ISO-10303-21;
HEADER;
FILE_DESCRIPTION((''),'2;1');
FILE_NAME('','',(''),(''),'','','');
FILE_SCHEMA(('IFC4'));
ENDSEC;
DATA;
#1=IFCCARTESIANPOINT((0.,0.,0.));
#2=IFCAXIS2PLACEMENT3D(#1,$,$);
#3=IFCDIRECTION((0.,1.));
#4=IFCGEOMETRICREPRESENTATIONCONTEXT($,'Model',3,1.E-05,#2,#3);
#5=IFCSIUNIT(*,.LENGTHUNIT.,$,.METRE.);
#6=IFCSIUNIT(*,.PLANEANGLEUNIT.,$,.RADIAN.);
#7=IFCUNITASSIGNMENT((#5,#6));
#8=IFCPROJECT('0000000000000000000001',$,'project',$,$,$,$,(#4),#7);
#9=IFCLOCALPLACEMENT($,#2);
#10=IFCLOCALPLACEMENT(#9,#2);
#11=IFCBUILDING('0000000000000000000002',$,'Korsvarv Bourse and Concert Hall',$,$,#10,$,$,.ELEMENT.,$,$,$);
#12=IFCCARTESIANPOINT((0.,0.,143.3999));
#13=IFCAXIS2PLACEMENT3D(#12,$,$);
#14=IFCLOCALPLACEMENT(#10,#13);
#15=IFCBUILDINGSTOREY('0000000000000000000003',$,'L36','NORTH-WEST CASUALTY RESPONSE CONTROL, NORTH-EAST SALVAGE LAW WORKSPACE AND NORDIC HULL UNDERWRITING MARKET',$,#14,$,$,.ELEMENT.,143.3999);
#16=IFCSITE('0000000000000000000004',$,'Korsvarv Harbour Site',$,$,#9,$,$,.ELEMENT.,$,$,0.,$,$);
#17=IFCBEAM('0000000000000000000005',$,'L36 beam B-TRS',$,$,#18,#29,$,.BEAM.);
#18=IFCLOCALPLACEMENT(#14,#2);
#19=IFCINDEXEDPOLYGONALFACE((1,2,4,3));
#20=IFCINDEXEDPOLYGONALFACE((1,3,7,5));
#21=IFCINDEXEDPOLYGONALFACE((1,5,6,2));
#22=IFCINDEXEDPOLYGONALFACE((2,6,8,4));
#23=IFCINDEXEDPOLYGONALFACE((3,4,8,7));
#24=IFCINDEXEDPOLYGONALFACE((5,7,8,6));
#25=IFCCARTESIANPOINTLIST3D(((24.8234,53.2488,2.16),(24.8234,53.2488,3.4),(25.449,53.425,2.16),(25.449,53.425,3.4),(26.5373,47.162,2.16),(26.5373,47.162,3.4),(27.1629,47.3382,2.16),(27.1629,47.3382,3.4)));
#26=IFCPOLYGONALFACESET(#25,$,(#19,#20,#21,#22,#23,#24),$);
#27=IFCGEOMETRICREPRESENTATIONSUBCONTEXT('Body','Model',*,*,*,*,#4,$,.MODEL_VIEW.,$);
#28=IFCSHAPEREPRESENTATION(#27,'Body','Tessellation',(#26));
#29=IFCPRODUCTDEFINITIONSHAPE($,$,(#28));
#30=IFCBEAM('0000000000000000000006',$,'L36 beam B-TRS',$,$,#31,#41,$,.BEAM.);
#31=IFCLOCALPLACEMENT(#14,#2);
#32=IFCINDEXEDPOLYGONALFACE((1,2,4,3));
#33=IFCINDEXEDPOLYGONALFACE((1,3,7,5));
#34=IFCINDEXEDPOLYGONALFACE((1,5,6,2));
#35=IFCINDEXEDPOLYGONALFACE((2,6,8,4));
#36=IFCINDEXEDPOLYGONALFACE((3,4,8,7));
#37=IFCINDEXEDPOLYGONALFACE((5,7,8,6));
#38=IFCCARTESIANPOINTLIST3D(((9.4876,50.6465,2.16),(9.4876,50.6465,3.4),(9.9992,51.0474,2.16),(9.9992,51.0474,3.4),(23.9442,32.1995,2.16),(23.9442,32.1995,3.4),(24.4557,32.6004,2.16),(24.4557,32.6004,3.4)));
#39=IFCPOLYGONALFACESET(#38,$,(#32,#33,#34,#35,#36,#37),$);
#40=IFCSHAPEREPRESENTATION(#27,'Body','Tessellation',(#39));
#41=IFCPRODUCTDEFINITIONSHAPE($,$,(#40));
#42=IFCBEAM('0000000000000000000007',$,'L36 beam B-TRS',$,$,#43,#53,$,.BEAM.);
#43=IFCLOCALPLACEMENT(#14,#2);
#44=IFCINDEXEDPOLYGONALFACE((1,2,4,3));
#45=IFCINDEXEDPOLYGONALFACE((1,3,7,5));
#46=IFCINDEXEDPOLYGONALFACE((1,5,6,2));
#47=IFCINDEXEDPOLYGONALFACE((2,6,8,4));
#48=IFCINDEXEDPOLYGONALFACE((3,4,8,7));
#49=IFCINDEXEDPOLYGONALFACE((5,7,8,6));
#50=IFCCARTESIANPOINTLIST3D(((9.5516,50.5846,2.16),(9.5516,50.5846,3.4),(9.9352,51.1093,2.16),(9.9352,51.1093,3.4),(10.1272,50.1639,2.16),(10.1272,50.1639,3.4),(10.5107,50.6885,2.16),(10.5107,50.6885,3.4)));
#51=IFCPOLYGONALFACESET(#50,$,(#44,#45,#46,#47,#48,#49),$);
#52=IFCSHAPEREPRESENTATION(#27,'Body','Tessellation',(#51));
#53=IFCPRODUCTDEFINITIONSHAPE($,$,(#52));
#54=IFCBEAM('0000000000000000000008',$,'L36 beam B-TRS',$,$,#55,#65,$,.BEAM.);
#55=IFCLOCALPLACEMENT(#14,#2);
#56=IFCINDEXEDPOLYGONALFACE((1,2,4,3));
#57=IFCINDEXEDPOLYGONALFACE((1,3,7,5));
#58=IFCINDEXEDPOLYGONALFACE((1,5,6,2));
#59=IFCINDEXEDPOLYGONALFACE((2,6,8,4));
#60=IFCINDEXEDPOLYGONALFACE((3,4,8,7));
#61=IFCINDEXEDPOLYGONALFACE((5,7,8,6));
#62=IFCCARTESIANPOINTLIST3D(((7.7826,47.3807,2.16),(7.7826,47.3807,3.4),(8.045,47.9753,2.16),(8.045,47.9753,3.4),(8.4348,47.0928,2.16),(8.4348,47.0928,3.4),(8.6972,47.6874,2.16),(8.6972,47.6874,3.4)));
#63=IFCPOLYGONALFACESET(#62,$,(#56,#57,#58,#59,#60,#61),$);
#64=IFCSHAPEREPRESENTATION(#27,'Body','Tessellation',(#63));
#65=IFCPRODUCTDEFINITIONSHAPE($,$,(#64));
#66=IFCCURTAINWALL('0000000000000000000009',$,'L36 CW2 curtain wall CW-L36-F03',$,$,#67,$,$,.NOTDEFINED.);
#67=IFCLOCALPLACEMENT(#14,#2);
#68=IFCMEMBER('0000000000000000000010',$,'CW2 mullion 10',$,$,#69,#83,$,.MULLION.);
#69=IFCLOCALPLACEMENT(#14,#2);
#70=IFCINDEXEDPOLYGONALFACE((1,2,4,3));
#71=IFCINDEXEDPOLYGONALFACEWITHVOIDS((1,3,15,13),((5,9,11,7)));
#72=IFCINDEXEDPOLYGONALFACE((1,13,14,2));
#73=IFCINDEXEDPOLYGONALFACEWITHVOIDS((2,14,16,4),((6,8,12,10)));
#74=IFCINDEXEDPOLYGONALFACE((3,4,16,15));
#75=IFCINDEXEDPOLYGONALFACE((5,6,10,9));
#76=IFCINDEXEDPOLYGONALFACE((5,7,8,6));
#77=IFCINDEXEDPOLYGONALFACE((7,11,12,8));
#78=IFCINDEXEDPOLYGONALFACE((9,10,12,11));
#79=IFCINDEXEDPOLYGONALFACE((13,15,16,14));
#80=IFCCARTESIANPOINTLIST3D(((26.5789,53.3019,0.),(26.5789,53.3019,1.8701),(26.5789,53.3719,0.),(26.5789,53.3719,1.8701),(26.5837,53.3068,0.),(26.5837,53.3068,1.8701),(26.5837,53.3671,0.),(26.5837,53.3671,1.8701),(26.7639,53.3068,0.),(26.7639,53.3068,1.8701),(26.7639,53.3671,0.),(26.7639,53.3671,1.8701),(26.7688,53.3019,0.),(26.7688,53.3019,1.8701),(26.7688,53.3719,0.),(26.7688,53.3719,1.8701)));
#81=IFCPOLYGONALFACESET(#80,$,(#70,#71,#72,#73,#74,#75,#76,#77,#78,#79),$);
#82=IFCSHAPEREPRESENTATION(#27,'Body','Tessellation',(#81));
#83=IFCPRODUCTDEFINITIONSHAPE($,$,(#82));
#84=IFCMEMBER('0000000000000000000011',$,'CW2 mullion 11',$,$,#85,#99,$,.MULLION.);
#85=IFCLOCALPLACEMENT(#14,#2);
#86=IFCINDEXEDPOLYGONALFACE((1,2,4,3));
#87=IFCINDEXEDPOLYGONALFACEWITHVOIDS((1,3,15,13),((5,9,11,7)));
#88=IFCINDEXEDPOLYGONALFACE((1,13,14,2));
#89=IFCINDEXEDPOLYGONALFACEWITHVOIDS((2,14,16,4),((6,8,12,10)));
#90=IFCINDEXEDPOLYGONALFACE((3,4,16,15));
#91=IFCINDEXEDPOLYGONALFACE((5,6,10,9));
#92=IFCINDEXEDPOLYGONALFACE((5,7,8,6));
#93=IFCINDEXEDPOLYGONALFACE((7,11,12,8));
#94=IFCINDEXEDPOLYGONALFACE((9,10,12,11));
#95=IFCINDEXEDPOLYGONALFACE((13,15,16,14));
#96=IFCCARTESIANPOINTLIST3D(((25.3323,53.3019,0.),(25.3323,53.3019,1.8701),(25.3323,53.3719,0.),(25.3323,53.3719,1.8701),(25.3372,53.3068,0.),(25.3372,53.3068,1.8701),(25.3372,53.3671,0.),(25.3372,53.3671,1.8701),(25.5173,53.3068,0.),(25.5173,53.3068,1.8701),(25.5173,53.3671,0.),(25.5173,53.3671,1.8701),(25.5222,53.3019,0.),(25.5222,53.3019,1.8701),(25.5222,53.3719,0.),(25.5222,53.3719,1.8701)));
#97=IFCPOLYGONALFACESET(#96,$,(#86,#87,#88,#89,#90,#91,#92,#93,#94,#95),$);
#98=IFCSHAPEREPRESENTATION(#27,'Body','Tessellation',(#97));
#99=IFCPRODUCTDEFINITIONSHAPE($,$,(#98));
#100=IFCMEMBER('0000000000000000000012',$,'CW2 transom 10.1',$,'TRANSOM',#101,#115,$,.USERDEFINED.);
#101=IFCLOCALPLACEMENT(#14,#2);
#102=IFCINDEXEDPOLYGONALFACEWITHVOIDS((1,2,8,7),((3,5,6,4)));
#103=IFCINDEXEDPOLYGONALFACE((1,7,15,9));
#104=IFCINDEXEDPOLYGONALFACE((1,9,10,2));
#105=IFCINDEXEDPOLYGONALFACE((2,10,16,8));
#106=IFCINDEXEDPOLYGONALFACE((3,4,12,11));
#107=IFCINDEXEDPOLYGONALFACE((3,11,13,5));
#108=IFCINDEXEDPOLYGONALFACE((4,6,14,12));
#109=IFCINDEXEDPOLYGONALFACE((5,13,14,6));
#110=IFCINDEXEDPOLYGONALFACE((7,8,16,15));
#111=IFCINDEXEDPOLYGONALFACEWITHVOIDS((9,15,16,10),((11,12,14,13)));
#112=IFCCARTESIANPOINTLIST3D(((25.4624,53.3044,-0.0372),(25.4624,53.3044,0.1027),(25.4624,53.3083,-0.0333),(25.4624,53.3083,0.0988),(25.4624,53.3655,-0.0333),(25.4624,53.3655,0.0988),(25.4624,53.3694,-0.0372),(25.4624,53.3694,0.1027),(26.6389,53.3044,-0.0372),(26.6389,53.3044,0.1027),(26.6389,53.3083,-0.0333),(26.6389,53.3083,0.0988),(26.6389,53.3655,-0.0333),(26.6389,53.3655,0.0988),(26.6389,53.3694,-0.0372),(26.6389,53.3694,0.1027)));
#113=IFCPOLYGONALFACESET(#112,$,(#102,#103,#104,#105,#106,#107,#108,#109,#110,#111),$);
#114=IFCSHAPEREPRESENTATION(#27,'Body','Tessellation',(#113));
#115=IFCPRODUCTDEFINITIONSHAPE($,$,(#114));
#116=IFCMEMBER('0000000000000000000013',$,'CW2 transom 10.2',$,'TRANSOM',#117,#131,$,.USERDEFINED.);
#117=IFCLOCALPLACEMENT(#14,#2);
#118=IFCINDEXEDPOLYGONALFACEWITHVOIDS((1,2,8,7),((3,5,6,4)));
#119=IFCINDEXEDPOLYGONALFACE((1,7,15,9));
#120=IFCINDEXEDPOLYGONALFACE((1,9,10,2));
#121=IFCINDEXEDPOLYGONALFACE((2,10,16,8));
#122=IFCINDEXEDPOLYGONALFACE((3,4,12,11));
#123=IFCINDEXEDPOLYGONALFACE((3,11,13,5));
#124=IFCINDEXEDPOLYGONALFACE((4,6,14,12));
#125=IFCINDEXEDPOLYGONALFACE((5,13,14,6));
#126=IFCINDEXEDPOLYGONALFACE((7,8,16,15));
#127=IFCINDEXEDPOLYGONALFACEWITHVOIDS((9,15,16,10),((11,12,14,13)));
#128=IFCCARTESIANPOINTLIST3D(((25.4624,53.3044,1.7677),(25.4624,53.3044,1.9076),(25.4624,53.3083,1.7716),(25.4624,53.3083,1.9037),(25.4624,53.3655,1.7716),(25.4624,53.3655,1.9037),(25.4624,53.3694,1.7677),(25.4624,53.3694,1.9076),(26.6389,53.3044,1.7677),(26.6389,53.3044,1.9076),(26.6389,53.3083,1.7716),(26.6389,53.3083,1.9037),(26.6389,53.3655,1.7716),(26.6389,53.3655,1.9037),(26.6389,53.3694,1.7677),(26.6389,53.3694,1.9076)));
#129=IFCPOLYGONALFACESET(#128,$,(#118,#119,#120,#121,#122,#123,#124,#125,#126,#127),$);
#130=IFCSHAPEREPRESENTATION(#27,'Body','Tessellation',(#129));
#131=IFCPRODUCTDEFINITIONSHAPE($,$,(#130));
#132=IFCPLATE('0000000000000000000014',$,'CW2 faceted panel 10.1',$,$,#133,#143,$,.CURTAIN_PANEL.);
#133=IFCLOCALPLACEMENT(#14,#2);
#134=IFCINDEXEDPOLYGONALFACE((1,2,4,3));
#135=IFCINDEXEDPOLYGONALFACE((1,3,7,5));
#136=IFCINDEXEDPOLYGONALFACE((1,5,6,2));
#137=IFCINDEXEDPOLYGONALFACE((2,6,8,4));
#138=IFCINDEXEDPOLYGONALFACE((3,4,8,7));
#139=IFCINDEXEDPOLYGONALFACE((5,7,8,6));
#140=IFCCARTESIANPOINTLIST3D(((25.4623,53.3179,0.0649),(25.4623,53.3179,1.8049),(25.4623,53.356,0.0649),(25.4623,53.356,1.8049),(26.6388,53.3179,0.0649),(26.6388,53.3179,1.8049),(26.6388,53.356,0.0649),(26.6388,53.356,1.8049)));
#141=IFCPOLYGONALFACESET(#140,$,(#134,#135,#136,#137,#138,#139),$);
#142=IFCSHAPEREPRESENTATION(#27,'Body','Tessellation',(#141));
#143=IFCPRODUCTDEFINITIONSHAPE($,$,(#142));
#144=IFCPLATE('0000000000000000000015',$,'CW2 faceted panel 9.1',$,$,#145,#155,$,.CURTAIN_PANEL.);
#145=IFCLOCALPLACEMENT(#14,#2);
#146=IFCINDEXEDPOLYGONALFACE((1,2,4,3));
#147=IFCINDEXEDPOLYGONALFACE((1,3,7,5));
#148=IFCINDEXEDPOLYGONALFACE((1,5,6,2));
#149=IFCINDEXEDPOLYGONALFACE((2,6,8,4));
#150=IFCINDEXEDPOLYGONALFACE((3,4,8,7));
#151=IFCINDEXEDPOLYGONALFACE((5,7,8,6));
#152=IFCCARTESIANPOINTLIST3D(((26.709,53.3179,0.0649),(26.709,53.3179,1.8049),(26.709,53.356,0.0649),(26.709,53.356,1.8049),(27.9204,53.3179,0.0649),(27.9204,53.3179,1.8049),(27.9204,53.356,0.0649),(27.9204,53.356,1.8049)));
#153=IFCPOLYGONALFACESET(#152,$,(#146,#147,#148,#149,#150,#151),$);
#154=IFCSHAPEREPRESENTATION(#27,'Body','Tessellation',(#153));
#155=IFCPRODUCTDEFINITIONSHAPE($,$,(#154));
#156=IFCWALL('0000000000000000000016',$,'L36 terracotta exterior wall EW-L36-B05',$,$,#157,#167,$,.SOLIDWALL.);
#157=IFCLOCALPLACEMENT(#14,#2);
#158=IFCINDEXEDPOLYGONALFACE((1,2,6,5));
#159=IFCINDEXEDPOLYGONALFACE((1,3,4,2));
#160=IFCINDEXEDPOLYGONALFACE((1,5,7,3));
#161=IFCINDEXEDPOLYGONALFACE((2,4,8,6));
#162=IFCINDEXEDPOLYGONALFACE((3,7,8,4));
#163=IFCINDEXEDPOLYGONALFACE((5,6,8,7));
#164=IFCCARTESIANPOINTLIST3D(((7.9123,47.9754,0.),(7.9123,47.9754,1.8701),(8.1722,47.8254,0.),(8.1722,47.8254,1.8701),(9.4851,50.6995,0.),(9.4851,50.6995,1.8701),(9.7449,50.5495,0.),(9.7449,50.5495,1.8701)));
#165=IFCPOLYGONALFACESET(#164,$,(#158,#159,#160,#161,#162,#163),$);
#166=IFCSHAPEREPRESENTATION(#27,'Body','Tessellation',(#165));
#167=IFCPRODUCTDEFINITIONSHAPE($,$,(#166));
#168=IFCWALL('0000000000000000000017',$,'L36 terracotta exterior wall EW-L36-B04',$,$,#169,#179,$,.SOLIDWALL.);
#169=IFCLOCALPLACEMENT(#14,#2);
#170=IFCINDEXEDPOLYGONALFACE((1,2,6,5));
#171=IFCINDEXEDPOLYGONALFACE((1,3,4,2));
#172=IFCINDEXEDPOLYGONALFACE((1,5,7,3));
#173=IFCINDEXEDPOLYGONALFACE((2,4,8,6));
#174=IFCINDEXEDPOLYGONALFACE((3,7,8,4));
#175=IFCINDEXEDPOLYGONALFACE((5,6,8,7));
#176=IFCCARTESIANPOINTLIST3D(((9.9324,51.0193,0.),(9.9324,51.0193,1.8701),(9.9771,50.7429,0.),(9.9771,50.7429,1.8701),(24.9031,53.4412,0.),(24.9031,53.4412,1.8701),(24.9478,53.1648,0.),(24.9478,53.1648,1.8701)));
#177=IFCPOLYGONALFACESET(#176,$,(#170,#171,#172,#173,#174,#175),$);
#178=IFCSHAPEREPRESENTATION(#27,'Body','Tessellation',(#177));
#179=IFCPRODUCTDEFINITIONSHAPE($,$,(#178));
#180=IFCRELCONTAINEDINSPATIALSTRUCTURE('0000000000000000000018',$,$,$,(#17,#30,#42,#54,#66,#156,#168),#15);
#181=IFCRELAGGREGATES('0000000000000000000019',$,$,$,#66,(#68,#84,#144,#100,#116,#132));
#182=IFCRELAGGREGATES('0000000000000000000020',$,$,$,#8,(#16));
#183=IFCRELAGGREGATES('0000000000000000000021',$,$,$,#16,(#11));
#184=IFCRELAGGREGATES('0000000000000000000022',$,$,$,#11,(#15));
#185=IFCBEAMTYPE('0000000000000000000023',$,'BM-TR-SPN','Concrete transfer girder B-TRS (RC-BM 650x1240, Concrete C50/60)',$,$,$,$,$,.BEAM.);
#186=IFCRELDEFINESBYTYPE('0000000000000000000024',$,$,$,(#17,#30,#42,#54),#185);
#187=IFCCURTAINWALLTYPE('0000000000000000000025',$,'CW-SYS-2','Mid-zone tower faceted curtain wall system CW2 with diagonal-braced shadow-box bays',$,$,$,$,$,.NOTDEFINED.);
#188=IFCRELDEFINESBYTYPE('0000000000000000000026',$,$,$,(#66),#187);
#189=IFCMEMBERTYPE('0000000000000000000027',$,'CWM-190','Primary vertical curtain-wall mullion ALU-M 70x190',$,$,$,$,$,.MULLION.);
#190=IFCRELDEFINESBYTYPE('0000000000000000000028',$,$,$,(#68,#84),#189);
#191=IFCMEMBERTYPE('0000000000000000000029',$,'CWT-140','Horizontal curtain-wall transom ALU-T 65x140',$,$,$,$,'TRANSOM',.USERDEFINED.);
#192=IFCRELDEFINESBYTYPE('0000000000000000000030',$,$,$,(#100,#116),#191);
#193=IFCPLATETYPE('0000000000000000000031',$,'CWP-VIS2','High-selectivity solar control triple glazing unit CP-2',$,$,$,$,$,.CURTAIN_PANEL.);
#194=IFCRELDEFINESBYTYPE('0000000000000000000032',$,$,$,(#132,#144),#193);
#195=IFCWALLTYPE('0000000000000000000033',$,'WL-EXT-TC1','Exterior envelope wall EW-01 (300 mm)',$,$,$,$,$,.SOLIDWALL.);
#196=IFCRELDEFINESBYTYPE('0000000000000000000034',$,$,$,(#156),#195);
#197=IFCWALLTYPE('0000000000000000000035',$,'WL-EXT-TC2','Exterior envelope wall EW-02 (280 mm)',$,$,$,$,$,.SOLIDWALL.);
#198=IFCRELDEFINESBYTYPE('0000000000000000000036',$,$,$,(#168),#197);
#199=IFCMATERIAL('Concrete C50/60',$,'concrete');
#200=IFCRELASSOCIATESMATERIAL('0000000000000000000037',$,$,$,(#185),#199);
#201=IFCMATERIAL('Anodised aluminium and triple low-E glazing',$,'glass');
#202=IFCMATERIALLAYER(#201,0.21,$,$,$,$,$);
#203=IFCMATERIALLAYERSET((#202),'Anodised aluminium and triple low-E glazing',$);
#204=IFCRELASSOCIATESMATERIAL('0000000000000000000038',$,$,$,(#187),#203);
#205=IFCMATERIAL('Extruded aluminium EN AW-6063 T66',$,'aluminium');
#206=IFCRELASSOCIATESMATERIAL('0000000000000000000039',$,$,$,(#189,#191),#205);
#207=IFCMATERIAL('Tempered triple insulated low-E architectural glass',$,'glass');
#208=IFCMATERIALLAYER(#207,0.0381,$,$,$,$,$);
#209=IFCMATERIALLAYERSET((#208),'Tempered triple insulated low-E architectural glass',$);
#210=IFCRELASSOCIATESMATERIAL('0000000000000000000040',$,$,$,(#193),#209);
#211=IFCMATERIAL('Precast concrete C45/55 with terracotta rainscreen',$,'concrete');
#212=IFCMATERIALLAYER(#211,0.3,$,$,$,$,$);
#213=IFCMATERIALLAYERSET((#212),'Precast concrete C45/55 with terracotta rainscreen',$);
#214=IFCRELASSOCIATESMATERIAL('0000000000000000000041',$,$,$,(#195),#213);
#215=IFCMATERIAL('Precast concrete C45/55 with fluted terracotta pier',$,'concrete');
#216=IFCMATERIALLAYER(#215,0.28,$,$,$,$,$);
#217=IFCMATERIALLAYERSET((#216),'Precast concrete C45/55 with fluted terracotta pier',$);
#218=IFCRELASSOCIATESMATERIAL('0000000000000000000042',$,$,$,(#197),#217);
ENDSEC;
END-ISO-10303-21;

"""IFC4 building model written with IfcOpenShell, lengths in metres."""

from ifc_helpers import new_model, si_unit, direction, frame, frame_2d, origin, origin_2d, place, context, subcontext, project, spatial, rectangle, hollow_rectangle, extrude, source, transform, mapped, material, layer, layer_set, material_profile, profile_set, type_object, element, aggregate, save


model = new_model("IFC4")

# Units and contexts
model_context = context("Model", 3, precision=1e-05, world=origin(), true_north=direction((0.0, 1.0)))
body_context = subcontext(model_context, "Body", "Model", "MODEL_VIEW")
ifc_project = project(units=[si_unit("LENGTHUNIT", "METRE"), si_unit("PLANEANGLEUNIT", "RADIAN")], contexts=[model_context])

# Site, building, storey
site_placement = place(None, origin())
site = spatial("IfcSite", under=ifc_project, at=site_placement, Name="Korsvarv Harbour Site", CompositionType="ELEMENT", RefElevation=0.0)
building_placement = place(site_placement, origin())
building = spatial("IfcBuilding", under=site, at=building_placement, Name="Korsvarv Bourse and Concert Hall", CompositionType="ELEMENT")
storey_placement = place(building_placement, frame((0.0, 0.0, 143.3999)))
storey = spatial("IfcBuildingStorey", under=building, at=storey_placement, Name="L36", Description="NORTH-WEST CASUALTY RESPONSE CONTROL, NORTH-EAST SALVAGE LAW WORKSPACE AND NORDIC HULL UNDERWRITING MARKET", CompositionType="ELEMENT", Elevation=143.3999)

# Beams
ifc_material_1 = material(Name="Concrete C50/60", Category="concrete")
ifc_material_profile_1 = material_profile(ifc_material_1, rectangle(XDim=0.6499, YDim=1.24, at=origin_2d()), Name="RC-BM 650x1240")
ifc_profile_set_1 = profile_set([ifc_material_profile_1], Name="Concrete C50/60")
beam_type_1 = type_object("IfcBeamType", Name="BM-TR-SPN", Description="Concrete transfer girder B-TRS (RC-BM 650x1240, Concrete C50/60)", PredefinedType="BEAM", material=ifc_profile_set_1)
shared_shape_1 = source(origin(), body_context, "Body", "SweptSolid", [
    extrude(rectangle(XDim=0.6499, YDim=1.24, at=origin_2d()), origin(), (0.0, 0.0, 1.0), 6.3235),
])
beam_1_placement = place(storey_placement, frame((25.1362, 53.3369, 2.78), z_axis=(0.271027, -0.962572, 0.0), x_axis=(0.962572, 0.271027, 0.0)))
element("IfcBeam", 1, at=beam_1_placement, inside=storey, type_object=beam_type_1, Name="L36 beam B-TRS", PredefinedType="BEAM", context=body_context, shape_type="MappedRepresentation", body=[
    mapped(shared_shape_1, transform((0.0, 0.0, 0.0), scale=1.0)),
])
shared_shape_2 = source(origin(), body_context, "Body", "SweptSolid", [
    extrude(rectangle(XDim=0.6499, YDim=1.24, at=origin_2d()), origin(), (0.0, 0.0, 1.0), 23.4368),
])
beam_2_placement = place(storey_placement, frame((9.7434, 50.8469, 2.78), z_axis=(0.616831, -0.787096, 0.0), x_axis=(0.787096, 0.616831, 0.0)))
element("IfcBeam", 2, at=beam_2_placement, inside=storey, type_object=beam_type_1, Name="L36 beam B-TRS", PredefinedType="BEAM", context=body_context, shape_type="MappedRepresentation", body=[
    mapped(shared_shape_2, transform((0.0, 0.0, 0.0), scale=1.0)),
])
shared_shape_3 = source(origin(), body_context, "Body", "SweptSolid", [
    extrude(rectangle(XDim=0.6499, YDim=1.24, at=origin_2d()), origin(), (0.0, 0.0, 1.0), 0.7129),
])
for number, where, z_axis, x_axis, name in (
    (3, (9.7434, 50.8469, 2.78), (0.807297, -0.590145, 0.0), (0.590145, 0.807297, 0.0), "L36 beam B-TRS"),
    (4, (7.9138, 47.678, 2.78), (0.91484, -0.403817, 0.0), (0.403817, 0.91484, 0.0), "L36 beam B-TRS"),
):
    element("IfcBeam", number, at=place(storey_placement, frame(where, z_axis=z_axis, x_axis=x_axis)), inside=storey, type_object=beam_type_1, Name=name, PredefinedType="BEAM", context=body_context, shape_type="MappedRepresentation", body=[
        mapped(shared_shape_3, transform((0.0, 0.0, 0.0), scale=1.0)),
    ])

# Curtain wall, members, plates
ifc_material_2 = material(Name="Anodised aluminium and triple low-E glazing", Category="glass")
ifc_layer_1 = layer(ifc_material_2, 0.21)
ifc_layer_set_1 = layer_set([ifc_layer_1], Name="Anodised aluminium and triple low-E glazing")
curtain_wall_type = type_object("IfcCurtainWallType", Name="CW-SYS-2", Description="Mid-zone tower faceted curtain wall system CW2 with diagonal-braced shadow-box bays", PredefinedType="NOTDEFINED", material=ifc_layer_set_1)
curtain_wall_placement = place(storey_placement, origin())
curtain_wall = element("IfcCurtainWall", 5, at=curtain_wall_placement, inside=storey, type_object=curtain_wall_type, Name="L36 CW2 curtain wall CW-L36-F03", PredefinedType="NOTDEFINED")
ifc_material_3 = material(Name="Extruded aluminium EN AW-6063 T66", Category="aluminium")
ifc_material_profile_2 = material_profile(ifc_material_3, hollow_rectangle(XDim=0.0701, YDim=0.1899, WallThickness=0.0049, at=origin_2d()), Name="ALU-M 70x190")
ifc_profile_set_2 = profile_set([ifc_material_profile_2], Name="Extruded aluminium EN AW-6063 T66")
member_type_1 = type_object("IfcMemberType", Name="CWM-190", Description="Primary vertical curtain-wall mullion ALU-M 70x190", PredefinedType="MULLION", material=ifc_profile_set_2)
shared_shape_4 = source(origin(), body_context, "Body", "SweptSolid", [
    extrude(hollow_rectangle(XDim=0.0701, YDim=0.1899, WallThickness=0.0049, at=origin_2d()), origin(), (0.0, 0.0, 1.0), 1.8701),
])
member_1_placement = place(storey_placement, frame((26.6738, 53.3369, 0.0), z_axis=(0.0, 0.0, 1.0), x_axis=(0.0, -1.0, 0.0)))
member_1 = element("IfcMember", 6, at=member_1_placement, type_object=member_type_1, Name="CW2 mullion 10", PredefinedType="MULLION", context=body_context, shape_type="MappedRepresentation", body=[
    mapped(shared_shape_4, transform((0.0, 0.0, 0.0), scale=1.0)),
])
member_2_placement = place(storey_placement, frame((25.4272, 53.3369, 0.0), z_axis=(0.0, 0.0, 1.0), x_axis=(0.0, -1.0, 0.0)))
member_2 = element("IfcMember", 7, at=member_2_placement, type_object=member_type_1, Name="CW2 mullion 11", PredefinedType="MULLION", context=body_context, shape_type="MappedRepresentation", body=[
    mapped(shared_shape_4, transform((0.0, 0.0, 0.0), scale=1.0)),
])
ifc_material_profile_3 = material_profile(ifc_material_3, hollow_rectangle(XDim=0.0649, YDim=0.1399, WallThickness=0.0039, at=origin_2d()), Name="ALU-T 65x140")
ifc_profile_set_3 = profile_set([ifc_material_profile_3], Name="Extruded aluminium EN AW-6063 T66")
member_type_2 = type_object("IfcMemberType", Name="CWT-140", Description="Horizontal curtain-wall transom ALU-T 65x140", ElementType="TRANSOM", PredefinedType="USERDEFINED", material=ifc_profile_set_3)
shared_shape_5 = source(origin(), body_context, "Body", "SweptSolid", [
    extrude(hollow_rectangle(XDim=0.0649, YDim=0.1399, WallThickness=0.0039, at=origin_2d()), origin(), (0.0, 0.0, 1.0), 1.1765),
])
member_3_placement = place(storey_placement, frame((26.6389, 53.3369, 0.0327), z_axis=(-1.0, 0.0, 0.0), x_axis=(0.0, -1.0, 0.0)))
member_3 = element("IfcMember", 8, at=member_3_placement, type_object=member_type_2, Name="CW2 transom 10.1", ObjectType="TRANSOM", PredefinedType="USERDEFINED", context=body_context, shape_type="MappedRepresentation", body=[
    mapped(shared_shape_5, transform((0.0, 0.0, 0.0), scale=1.0)),
])
member_4_placement = place(storey_placement, frame((26.6389, 53.3369, 1.8376), z_axis=(-1.0, 0.0, 0.0), x_axis=(0.0, -1.0, 0.0)))
member_4 = element("IfcMember", 9, at=member_4_placement, type_object=member_type_2, Name="CW2 transom 10.2", ObjectType="TRANSOM", PredefinedType="USERDEFINED", context=body_context, shape_type="MappedRepresentation", body=[
    mapped(shared_shape_5, transform((0.0, 0.0, 0.0), scale=1.0)),
])
ifc_material_4 = material(Name="Tempered triple insulated low-E architectural glass", Category="glass")
ifc_layer_2 = layer(ifc_material_4, 0.0381)
ifc_layer_set_2 = layer_set([ifc_layer_2], Name="Tempered triple insulated low-E architectural glass")
plate_type = type_object("IfcPlateType", Name="CWP-VIS2", Description="High-selectivity solar control triple glazing unit CP-2", PredefinedType="CURTAIN_PANEL", material=ifc_layer_set_2)
shared_shape_6 = source(origin(), body_context, "Body", "SweptSolid", [
    extrude(rectangle(XDim=1.1765, YDim=0.0381, at=origin_2d()), origin(), (0.0, 0.0, 1.0), 1.74),
])
plate_1_placement = place(storey_placement, frame((26.0505, 53.3369, 0.0649), z_axis=(0.0, 0.0, 1.0), x_axis=(-1.0, 0.0, 0.0)))
plate_1 = element("IfcPlate", 10, at=plate_1_placement, type_object=plate_type, Name="CW2 faceted panel 10.1", PredefinedType="CURTAIN_PANEL", context=body_context, shape_type="MappedRepresentation", body=[
    mapped(shared_shape_6, transform((0.0, 0.0, 0.0), scale=1.0)),
])
shared_shape_7 = source(origin(), body_context, "Body", "SweptSolid", [
    extrude(rectangle(XDim=1.2114, YDim=0.0381, at=origin_2d()), origin(), (0.0, 0.0, 1.0), 1.74),
])
plate_2_placement = place(storey_placement, frame((27.3147, 53.3369, 0.0649), z_axis=(0.0, 0.0, 1.0), x_axis=(-1.0, 0.0, 0.0)))
plate_2 = element("IfcPlate", 11, at=plate_2_placement, type_object=plate_type, Name="CW2 faceted panel 9.1", PredefinedType="CURTAIN_PANEL", context=body_context, shape_type="MappedRepresentation", body=[
    mapped(shared_shape_7, transform((0.0, 0.0, 0.0), scale=1.0)),
])
aggregate(curtain_wall, [member_1, member_2, plate_2, member_3, member_4, plate_1])

# Walls
ifc_material_5 = material(Name="Precast concrete C45/55 with terracotta rainscreen", Category="concrete")
ifc_layer_3 = layer(ifc_material_5, 0.3)
ifc_layer_set_3 = layer_set([ifc_layer_3], Name="Precast concrete C45/55 with terracotta rainscreen")
wall_type_1 = type_object("IfcWallType", Name="WL-EXT-TC1", Description="Exterior envelope wall EW-01 (300 mm)", PredefinedType="SOLIDWALL", material=ifc_layer_set_3)
wall_1_placement = place(storey_placement, frame((9.615, 50.6245, 0.0), z_axis=(0.0, 0.0, 1.0), x_axis=(-0.499996, -0.866028, 0.0)))
element("IfcWall", 12, at=wall_1_placement, inside=storey, type_object=wall_type_1, Name="L36 terracotta exterior wall EW-L36-B05", PredefinedType="SOLIDWALL", context=body_context, shape_type="SweptSolid", body=[
    extrude(rectangle(XDim=3.1455, YDim=0.3, at=frame_2d((1.5728, 0.0))), origin(), (0.0, 0.0, 1.0), 1.8701),
])
ifc_material_6 = material(Name="Precast concrete C45/55 with fluted terracotta pier", Category="concrete")
ifc_layer_4 = layer(ifc_material_6, 0.28)
ifc_layer_set_4 = layer_set([ifc_layer_4], Name="Precast concrete C45/55 with fluted terracotta pier")
wall_type_2 = type_object("IfcWallType", Name="WL-EXT-TC2", Description="Exterior envelope wall EW-02 (280 mm)", PredefinedType="SOLIDWALL", material=ifc_layer_set_4)
wall_2_placement = place(storey_placement, frame((24.9253, 53.303, 0.0), z_axis=(0.0, 0.0, 1.0), x_axis=(-0.987166, -0.159698, 0.0)))
element("IfcWall", 13, at=wall_2_placement, inside=storey, type_object=wall_type_2, Name="L36 terracotta exterior wall EW-L36-B04", PredefinedType="SOLIDWALL", context=body_context, shape_type="SweptSolid", body=[
    extrude(rectangle(XDim=15.1653, YDim=0.28, at=frame_2d((7.5825, 0.0))), origin(), (0.0, 0.0, 1.0), 1.8701),
])

save(model, "model.ifc")
